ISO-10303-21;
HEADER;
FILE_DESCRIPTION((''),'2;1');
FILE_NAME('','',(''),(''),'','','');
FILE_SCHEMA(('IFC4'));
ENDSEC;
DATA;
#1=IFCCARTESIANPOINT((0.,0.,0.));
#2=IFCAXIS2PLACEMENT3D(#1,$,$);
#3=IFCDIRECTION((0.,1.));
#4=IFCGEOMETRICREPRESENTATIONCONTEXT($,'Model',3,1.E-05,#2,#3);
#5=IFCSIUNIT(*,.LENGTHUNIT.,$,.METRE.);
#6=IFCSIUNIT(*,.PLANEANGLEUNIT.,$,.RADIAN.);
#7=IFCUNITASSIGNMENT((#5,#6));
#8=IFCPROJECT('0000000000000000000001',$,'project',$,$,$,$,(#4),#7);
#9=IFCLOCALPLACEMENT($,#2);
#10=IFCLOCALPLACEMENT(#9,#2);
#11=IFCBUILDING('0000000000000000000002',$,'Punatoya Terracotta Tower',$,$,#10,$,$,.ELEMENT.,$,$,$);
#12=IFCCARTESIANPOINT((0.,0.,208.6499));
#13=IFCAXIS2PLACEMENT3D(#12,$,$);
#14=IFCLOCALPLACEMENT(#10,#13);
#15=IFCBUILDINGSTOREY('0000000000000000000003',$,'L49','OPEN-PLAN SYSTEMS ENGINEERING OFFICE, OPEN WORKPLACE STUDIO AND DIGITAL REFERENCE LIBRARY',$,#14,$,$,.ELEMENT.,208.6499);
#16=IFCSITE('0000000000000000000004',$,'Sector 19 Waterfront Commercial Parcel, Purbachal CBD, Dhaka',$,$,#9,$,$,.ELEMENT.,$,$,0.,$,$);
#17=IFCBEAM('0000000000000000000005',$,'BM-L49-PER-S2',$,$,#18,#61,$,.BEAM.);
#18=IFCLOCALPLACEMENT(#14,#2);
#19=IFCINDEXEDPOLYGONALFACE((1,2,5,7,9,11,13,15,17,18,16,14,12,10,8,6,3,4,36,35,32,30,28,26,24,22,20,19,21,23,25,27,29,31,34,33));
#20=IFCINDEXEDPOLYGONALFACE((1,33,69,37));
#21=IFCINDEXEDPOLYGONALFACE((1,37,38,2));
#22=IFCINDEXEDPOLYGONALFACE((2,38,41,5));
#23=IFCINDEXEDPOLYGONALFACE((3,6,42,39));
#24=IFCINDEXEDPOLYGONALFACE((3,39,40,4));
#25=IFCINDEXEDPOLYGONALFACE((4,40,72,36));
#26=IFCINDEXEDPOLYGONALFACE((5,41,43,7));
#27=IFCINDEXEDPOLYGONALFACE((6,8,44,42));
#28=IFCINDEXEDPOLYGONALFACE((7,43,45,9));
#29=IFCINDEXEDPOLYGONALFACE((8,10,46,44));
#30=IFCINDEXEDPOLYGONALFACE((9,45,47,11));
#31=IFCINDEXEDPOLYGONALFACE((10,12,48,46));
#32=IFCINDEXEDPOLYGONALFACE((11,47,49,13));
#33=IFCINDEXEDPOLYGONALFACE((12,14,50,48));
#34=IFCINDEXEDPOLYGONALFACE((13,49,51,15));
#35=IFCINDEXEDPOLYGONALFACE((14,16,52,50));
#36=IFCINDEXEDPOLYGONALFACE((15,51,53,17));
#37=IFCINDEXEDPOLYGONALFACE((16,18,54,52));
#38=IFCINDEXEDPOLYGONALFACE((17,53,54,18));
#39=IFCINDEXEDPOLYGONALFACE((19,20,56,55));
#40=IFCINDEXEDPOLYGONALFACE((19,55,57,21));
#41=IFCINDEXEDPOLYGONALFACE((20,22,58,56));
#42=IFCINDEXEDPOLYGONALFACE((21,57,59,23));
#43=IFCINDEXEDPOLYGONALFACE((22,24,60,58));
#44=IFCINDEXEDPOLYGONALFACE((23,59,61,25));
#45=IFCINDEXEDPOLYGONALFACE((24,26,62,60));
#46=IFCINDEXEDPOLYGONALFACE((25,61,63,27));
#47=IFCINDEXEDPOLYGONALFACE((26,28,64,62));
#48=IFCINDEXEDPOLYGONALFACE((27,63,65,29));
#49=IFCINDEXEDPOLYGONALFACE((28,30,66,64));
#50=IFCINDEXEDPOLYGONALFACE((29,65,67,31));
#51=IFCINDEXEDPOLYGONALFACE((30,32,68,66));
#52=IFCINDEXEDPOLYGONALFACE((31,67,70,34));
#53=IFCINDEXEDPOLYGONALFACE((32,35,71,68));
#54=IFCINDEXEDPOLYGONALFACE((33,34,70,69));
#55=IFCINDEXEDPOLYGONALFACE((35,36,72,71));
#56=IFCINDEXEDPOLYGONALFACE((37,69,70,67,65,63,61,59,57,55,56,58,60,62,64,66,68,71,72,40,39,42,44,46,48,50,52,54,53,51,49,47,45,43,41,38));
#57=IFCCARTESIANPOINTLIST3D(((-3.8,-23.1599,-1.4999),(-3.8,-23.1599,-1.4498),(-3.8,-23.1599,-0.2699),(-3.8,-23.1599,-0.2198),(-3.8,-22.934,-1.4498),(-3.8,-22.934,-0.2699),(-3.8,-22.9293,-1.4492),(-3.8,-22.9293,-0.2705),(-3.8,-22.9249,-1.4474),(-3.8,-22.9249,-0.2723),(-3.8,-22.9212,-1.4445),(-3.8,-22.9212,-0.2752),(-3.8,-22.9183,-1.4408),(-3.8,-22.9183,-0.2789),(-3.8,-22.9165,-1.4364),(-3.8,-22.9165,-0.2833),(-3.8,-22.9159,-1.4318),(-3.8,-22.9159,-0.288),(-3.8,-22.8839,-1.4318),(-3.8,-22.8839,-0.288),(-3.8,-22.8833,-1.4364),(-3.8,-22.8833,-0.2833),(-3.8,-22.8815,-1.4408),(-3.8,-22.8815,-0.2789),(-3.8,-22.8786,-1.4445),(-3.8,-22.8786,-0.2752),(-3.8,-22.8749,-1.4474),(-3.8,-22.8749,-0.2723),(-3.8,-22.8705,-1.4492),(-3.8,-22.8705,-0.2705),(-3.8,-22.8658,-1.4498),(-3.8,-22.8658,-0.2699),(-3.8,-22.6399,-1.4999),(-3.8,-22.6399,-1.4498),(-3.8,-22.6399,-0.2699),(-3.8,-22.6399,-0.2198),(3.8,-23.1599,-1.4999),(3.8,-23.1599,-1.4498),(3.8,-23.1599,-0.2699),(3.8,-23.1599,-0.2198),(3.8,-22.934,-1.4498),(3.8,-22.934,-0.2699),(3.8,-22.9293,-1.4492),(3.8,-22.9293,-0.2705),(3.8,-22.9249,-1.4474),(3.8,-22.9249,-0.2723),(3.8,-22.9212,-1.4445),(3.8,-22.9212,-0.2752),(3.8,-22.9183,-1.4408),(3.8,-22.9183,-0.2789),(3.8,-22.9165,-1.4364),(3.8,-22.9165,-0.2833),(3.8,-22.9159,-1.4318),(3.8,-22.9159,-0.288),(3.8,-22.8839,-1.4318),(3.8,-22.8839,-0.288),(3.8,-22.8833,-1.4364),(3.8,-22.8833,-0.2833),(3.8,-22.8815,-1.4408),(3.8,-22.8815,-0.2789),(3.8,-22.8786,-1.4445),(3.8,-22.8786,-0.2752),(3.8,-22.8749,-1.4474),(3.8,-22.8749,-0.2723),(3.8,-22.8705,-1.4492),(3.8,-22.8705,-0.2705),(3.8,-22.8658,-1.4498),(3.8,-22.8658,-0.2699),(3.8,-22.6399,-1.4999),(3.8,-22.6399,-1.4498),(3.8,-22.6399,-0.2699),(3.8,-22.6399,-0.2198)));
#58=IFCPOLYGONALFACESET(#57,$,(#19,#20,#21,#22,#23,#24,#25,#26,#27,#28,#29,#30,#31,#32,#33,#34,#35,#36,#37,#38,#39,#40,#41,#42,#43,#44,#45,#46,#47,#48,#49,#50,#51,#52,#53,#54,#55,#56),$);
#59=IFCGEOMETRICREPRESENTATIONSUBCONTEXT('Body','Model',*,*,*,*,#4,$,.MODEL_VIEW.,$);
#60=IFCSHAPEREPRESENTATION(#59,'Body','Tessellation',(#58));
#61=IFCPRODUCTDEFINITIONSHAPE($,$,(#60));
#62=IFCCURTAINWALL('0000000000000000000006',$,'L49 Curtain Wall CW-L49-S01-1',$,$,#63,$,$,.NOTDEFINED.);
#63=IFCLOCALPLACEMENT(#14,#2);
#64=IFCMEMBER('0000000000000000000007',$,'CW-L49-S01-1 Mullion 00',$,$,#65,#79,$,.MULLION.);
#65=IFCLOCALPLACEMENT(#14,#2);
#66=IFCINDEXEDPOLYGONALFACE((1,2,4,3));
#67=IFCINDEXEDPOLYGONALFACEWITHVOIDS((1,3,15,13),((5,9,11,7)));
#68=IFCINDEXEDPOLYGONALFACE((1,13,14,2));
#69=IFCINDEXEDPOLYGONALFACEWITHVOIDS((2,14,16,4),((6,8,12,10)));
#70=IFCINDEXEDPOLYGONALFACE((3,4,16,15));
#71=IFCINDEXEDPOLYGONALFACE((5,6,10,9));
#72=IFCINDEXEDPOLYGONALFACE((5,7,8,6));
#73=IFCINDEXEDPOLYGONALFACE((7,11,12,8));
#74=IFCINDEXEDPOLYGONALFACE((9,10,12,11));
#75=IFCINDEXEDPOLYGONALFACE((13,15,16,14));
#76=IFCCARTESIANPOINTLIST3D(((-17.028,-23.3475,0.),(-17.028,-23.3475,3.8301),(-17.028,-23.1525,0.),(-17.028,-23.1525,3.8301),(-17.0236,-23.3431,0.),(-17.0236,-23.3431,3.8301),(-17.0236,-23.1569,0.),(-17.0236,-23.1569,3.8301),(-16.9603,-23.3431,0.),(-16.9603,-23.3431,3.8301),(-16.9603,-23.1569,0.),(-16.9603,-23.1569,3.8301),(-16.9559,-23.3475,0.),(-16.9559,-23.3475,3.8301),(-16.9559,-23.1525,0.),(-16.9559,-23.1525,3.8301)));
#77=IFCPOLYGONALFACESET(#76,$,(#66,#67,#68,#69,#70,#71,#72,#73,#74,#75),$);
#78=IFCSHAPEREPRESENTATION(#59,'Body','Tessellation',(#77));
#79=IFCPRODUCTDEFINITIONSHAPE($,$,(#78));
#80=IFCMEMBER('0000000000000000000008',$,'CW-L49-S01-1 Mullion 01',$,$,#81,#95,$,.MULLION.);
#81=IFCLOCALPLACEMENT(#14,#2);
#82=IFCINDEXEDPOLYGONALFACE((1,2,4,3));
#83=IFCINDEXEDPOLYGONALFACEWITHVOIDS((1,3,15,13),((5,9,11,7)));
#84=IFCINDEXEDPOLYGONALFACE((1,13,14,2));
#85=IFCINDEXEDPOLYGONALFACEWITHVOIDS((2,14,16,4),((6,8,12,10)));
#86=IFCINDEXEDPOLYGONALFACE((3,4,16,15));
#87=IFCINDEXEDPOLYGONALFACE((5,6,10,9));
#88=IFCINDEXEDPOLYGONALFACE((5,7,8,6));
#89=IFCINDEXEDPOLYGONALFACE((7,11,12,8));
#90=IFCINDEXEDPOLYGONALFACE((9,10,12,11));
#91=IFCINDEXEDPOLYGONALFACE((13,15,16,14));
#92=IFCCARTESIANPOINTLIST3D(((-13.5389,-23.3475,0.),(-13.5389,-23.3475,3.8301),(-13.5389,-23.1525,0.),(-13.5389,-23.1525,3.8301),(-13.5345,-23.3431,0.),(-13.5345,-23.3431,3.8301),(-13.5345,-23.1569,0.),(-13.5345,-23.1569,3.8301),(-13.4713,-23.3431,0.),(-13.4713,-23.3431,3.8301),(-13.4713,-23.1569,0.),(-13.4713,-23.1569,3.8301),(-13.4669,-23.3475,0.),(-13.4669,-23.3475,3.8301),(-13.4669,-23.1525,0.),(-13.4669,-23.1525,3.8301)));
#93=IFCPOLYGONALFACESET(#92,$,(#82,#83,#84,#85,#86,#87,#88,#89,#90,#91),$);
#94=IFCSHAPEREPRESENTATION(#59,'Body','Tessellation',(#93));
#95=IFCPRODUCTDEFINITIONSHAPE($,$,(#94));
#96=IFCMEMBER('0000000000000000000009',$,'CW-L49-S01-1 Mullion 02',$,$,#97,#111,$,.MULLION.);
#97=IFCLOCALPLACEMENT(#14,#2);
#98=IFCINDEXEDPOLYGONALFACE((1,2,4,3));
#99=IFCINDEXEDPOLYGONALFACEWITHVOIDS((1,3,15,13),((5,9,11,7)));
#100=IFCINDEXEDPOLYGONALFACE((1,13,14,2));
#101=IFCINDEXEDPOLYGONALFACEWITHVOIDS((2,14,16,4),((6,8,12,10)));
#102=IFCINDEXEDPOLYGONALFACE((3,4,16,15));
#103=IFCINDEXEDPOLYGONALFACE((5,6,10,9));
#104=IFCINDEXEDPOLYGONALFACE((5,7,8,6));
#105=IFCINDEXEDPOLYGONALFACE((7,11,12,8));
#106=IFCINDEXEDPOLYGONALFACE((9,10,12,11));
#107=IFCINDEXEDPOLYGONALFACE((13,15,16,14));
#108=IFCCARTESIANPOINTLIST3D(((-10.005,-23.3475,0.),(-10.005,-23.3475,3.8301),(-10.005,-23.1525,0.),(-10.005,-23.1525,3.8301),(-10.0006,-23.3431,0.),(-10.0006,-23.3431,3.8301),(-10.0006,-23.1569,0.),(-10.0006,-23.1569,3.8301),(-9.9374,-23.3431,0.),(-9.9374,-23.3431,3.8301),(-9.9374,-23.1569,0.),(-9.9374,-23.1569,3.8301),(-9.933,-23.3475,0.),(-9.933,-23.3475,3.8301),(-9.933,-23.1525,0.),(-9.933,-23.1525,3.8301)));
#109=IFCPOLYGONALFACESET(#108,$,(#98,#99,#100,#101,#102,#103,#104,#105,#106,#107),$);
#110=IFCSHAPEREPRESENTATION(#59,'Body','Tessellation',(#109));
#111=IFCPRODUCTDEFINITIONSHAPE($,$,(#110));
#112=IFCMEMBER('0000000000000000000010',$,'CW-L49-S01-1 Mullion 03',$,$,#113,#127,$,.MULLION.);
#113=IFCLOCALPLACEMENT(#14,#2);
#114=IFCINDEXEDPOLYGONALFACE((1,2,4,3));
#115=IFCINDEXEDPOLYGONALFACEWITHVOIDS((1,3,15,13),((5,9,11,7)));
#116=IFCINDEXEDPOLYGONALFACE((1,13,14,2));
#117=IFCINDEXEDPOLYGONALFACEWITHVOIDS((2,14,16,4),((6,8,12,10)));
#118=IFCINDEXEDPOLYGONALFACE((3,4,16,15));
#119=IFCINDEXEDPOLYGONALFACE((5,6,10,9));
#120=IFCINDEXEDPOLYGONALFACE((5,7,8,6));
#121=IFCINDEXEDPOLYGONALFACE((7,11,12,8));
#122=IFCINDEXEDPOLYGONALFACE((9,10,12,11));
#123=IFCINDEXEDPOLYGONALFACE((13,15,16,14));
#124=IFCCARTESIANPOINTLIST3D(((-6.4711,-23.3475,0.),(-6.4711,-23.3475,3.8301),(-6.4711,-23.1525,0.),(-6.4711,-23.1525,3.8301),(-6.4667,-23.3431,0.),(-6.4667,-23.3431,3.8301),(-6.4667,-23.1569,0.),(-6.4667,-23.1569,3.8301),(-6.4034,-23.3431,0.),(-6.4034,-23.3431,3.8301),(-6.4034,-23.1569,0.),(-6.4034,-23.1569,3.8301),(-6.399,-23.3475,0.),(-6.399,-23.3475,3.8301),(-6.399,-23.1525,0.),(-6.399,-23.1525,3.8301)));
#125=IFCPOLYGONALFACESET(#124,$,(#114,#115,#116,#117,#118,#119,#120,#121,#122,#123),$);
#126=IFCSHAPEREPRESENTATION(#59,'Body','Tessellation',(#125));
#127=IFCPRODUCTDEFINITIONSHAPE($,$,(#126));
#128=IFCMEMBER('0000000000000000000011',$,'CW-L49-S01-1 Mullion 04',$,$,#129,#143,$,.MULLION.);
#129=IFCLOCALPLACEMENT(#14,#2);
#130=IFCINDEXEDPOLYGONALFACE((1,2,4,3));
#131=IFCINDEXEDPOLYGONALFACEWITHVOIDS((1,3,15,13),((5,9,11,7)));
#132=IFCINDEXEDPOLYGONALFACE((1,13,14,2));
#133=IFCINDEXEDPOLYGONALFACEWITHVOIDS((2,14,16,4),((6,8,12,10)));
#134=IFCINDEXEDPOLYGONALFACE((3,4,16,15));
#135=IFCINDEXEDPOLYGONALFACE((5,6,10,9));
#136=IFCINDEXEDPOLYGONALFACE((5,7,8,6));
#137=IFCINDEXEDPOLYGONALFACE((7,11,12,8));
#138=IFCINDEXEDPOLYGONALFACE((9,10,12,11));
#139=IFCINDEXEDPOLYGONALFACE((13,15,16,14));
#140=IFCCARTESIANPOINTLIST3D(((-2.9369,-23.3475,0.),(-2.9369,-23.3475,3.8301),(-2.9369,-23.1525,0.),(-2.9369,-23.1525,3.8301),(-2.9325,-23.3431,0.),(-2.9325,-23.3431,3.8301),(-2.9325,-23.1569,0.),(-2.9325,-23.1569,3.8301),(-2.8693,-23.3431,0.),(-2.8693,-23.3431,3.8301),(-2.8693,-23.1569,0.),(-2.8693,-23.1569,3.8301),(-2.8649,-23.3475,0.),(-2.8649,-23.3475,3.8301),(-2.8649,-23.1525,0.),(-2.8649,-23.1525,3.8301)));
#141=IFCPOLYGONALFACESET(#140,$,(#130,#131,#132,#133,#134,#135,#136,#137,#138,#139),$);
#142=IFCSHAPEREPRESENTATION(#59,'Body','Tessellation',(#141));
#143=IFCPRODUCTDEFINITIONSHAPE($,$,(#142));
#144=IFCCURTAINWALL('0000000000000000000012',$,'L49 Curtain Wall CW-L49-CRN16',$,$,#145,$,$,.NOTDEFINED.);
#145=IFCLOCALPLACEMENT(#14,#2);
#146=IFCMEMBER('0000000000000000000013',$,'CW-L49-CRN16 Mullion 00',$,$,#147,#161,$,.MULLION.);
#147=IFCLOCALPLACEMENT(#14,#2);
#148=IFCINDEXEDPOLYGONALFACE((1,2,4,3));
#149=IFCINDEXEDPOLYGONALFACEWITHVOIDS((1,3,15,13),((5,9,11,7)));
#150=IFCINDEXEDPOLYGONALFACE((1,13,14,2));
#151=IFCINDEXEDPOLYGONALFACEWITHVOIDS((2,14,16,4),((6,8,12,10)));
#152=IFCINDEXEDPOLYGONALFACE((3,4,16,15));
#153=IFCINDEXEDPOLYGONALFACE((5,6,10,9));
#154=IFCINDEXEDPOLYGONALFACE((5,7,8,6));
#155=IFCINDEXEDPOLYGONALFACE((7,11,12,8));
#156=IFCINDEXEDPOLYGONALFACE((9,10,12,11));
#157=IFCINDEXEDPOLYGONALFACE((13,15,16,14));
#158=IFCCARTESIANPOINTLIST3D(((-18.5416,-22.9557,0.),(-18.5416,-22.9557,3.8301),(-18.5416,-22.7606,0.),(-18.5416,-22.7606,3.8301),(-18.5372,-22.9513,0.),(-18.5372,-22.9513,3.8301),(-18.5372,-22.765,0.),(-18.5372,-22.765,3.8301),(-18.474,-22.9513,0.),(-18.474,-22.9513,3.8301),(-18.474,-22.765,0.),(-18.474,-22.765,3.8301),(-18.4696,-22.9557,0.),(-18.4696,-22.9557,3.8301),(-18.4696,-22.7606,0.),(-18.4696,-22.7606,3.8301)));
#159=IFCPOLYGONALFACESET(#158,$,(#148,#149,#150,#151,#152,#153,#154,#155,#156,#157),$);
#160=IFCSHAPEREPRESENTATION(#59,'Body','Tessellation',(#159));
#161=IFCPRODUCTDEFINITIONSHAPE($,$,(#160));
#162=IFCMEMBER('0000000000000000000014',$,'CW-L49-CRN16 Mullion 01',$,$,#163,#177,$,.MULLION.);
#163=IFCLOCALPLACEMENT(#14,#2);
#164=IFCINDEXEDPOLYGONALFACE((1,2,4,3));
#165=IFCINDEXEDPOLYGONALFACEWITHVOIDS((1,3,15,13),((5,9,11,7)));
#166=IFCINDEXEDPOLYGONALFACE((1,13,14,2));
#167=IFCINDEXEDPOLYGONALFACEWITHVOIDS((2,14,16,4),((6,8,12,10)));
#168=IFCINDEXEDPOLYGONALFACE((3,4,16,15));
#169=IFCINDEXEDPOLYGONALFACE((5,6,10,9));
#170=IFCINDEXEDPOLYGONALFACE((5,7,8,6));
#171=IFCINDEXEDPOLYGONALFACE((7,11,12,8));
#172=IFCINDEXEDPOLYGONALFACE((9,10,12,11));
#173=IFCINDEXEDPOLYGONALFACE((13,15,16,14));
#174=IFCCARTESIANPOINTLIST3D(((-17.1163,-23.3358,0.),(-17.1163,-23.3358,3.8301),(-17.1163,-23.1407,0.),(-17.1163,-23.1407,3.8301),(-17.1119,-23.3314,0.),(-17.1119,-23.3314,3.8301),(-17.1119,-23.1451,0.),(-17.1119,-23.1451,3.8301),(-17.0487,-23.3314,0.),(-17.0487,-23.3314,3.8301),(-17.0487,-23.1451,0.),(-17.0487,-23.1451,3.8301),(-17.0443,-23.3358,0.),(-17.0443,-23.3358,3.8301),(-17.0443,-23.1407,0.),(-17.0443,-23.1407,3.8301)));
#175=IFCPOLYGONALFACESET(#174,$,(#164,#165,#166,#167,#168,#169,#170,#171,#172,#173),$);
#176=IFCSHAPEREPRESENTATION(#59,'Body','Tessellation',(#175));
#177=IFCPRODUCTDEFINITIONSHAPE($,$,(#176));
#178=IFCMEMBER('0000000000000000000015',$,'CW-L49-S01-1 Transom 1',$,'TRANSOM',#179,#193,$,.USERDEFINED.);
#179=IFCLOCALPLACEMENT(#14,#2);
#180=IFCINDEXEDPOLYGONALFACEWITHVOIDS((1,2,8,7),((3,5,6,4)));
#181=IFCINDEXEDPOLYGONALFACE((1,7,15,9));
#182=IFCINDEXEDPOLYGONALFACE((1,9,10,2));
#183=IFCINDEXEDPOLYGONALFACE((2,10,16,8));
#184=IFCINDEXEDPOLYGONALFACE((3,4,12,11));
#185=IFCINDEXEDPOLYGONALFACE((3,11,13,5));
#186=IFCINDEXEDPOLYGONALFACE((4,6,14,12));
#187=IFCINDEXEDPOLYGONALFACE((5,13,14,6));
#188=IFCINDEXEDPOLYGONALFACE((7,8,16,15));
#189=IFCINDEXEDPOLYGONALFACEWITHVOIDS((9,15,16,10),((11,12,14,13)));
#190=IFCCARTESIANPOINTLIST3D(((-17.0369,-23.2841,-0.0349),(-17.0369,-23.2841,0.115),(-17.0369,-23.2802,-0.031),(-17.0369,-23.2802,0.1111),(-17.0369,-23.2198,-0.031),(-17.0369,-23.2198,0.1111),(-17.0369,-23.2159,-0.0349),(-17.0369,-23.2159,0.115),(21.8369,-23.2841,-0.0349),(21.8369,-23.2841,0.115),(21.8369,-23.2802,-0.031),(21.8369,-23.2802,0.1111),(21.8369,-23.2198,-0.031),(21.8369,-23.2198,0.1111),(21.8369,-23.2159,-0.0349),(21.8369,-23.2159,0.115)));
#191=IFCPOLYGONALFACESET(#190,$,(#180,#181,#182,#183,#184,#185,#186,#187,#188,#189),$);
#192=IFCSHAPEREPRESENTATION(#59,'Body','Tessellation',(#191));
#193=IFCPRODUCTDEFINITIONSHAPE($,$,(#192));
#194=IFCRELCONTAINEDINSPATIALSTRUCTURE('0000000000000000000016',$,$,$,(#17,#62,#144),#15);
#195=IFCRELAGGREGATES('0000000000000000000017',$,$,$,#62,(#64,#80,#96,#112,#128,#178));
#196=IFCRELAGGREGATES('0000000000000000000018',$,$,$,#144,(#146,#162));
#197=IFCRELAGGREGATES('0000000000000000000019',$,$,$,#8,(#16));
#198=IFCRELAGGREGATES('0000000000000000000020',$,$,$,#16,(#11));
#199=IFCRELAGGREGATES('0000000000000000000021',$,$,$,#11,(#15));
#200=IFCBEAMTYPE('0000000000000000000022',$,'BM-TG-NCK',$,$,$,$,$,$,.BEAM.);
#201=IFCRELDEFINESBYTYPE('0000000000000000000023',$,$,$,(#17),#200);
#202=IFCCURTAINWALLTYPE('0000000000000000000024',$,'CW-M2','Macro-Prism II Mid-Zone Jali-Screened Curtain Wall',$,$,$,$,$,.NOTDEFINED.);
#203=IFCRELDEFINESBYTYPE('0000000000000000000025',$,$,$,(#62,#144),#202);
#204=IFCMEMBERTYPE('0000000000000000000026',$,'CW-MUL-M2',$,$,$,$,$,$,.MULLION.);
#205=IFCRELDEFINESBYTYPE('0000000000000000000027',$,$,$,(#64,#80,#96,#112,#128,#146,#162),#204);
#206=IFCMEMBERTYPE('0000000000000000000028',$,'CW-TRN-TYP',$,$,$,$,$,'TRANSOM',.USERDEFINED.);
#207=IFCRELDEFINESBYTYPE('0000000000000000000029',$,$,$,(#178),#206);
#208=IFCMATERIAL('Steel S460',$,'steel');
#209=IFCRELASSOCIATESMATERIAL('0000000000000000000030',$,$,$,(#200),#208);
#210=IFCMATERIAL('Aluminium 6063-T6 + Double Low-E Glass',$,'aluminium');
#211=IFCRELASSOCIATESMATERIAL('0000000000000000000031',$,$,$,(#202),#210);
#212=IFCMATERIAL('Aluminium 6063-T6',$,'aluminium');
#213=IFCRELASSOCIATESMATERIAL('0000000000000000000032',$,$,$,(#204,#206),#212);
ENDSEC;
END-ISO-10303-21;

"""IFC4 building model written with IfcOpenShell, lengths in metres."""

from ifc_helpers import new_model, si_unit, direction, frame, origin, origin_2d, place, context, subcontext, project, spatial, hollow_rectangle, i_section, extrude, material, material_profile, profile_set, type_object, element, aggregate, save


model = new_model("IFC4")

# Units and contexts
model_context = context("Model", 3, precision=1e-05, world=origin(), true_north=direction((0.0, 1.0)))
body_context = subcontext(model_context, "Body", "Model", "MODEL_VIEW")
ifc_project = project(units=[si_unit("LENGTHUNIT", "METRE"), si_unit("PLANEANGLEUNIT", "RADIAN")], contexts=[model_context])

# Site, building, storey
site_placement = place(None, origin())
site = spatial("IfcSite", under=ifc_project, at=site_placement, Name="Sector 19 Waterfront Commercial Parcel, Purbachal CBD, Dhaka", CompositionType="ELEMENT", RefElevation=0.0)
building_placement = place(site_placement, origin())
building = spatial("IfcBuilding", under=site, at=building_placement, Name="Punatoya Terracotta Tower", CompositionType="ELEMENT")
storey_placement = place(building_placement, frame((0.0, 0.0, 208.6499)))
storey = spatial("IfcBuildingStorey", under=building, at=storey_placement, Name="L49", Description="OPEN-PLAN SYSTEMS ENGINEERING OFFICE, OPEN WORKPLACE STUDIO AND DIGITAL REFERENCE LIBRARY", CompositionType="ELEMENT", Elevation=208.6499)

# Shared definitions
ifc_material_1 = material(Name="Steel S460", Category="steel")

# Beam
ifc_material_profile_1 = material_profile(ifc_material_1, i_section(OverallWidth=0.52, OverallDepth=1.28, WebThickness=0.032, FlangeThickness=0.05, FilletRadius=0.0181, at=origin_2d()))
ifc_profile_set_1 = profile_set([ifc_material_profile_1], Name="Steel S460")
beam_type_1 = type_object("IfcBeamType", Name="BM-TG-NCK", PredefinedType="BEAM", material=ifc_profile_set_1)
beam_1_placement = place(storey_placement, frame((-3.8, -22.8999, -0.8599), z_axis=(1.0, 0.0, 0.0), x_axis=(0.0, 1.0, 0.0)))
element("IfcBeam", 1, at=beam_1_placement, inside=storey, type_object=beam_type_1, Name="BM-L49-PER-S2", PredefinedType="BEAM", context=body_context, shape_type="SweptSolid", body=[
    extrude(i_section(OverallWidth=0.52, OverallDepth=1.28, WebThickness=0.032, FlangeThickness=0.05, FilletRadius=0.0181, at=origin_2d()), origin(), (0.0, 0.0, 1.0), 7.6001),
])

# Curtain walls, members
ifc_material_2 = material(Name="Aluminium 6063-T6 + Double Low-E Glass", Category="aluminium")
curtain_wall_type = type_object("IfcCurtainWallType", Name="CW-M2", Description="Macro-Prism II Mid-Zone Jali-Screened Curtain Wall", PredefinedType="NOTDEFINED", material=ifc_material_2)
curtain_wall_1_placement = place(storey_placement, origin())
curtain_wall_1 = element("IfcCurtainWall", 2, at=curtain_wall_1_placement, inside=storey, type_object=curtain_wall_type, Name="L49 Curtain Wall CW-L49-S01-1", PredefinedType="NOTDEFINED")
ifc_material_3 = material(Name="Aluminium 6063-T6", Category="aluminium")
ifc_material_profile_2 = material_profile(ifc_material_3, hollow_rectangle(XDim=0.072, YDim=0.1951, WallThickness=0.0044, at=origin_2d()))
ifc_profile_set_2 = profile_set([ifc_material_profile_2], Name="Aluminium 6063-T6")
member_type_1 = type_object("IfcMemberType", Name="CW-MUL-M2", PredefinedType="MULLION", material=ifc_profile_set_2)
member_1_placement = place(storey_placement, frame((-16.9919, -23.25, 0.0), z_axis=(0.0, 0.0, 1.0), x_axis=(1.0, 0.0, 0.0)))
member_1 = element("IfcMember", 3, at=member_1_placement, type_object=member_type_1, Name="CW-L49-S01-1 Mullion 00", PredefinedType="MULLION", context=body_context, shape_type="SweptSolid", body=[
    extrude(hollow_rectangle(XDim=0.072, YDim=0.1951, WallThickness=0.0044, at=origin_2d()), origin(), (0.0, 0.0, 1.0), 3.8301),
])
member_2_placement = place(storey_placement, frame((-13.5029, -23.25, 0.0), z_axis=(0.0, 0.0, 1.0), x_axis=(1.0, 0.0, 0.0)))
member_2 = element("IfcMember", 4, at=member_2_placement, type_object=member_type_1, Name="CW-L49-S01-1 Mullion 01", PredefinedType="MULLION", context=body_context, shape_type="SweptSolid", body=[
    extrude(hollow_rectangle(XDim=0.072, YDim=0.1951, WallThickness=0.0044, at=origin_2d()), origin(), (0.0, 0.0, 1.0), 3.8301),
])
member_3_placement = place(storey_placement, frame((-9.969, -23.25, 0.0), z_axis=(0.0, 0.0, 1.0), x_axis=(1.0, 0.0, 0.0)))
member_3 = element("IfcMember", 5, at=member_3_placement, type_object=member_type_1, Name="CW-L49-S01-1 Mullion 02", PredefinedType="MULLION", context=body_context, shape_type="SweptSolid", body=[
    extrude(hollow_rectangle(XDim=0.072, YDim=0.1951, WallThickness=0.0044, at=origin_2d()), origin(), (0.0, 0.0, 1.0), 3.8301),
])
member_4_placement = place(storey_placement, frame((-6.4351, -23.25, 0.0), z_axis=(0.0, 0.0, 1.0), x_axis=(1.0, 0.0, 0.0)))
member_4 = element("IfcMember", 6, at=member_4_placement, type_object=member_type_1, Name="CW-L49-S01-1 Mullion 03", PredefinedType="MULLION", context=body_context, shape_type="SweptSolid", body=[
    extrude(hollow_rectangle(XDim=0.072, YDim=0.1951, WallThickness=0.0044, at=origin_2d()), origin(), (0.0, 0.0, 1.0), 3.8301),
])
member_5_placement = place(storey_placement, frame((-2.9009, -23.25, 0.0), z_axis=(0.0, 0.0, 1.0), x_axis=(1.0, 0.0, 0.0)))
member_5 = element("IfcMember", 7, at=member_5_placement, type_object=member_type_1, Name="CW-L49-S01-1 Mullion 04", PredefinedType="MULLION", context=body_context, shape_type="SweptSolid", body=[
    extrude(hollow_rectangle(XDim=0.072, YDim=0.1951, WallThickness=0.0044, at=origin_2d()), origin(), (0.0, 0.0, 1.0), 3.8301),
])
curtain_wall_2_placement = place(storey_placement, origin())
curtain_wall_2 = element("IfcCurtainWall", 8, at=curtain_wall_2_placement, inside=storey, type_object=curtain_wall_type, Name="L49 Curtain Wall CW-L49-CRN16", PredefinedType="NOTDEFINED")
member_6_placement = place(storey_placement, frame((-18.5056, -22.8582, 0.0), z_axis=(0.0, 0.0, 1.0), x_axis=(1.0, 0.0, 0.0)))
member_6 = element("IfcMember", 9, at=member_6_placement, type_object=member_type_1, Name="CW-L49-CRN16 Mullion 00", PredefinedType="MULLION", context=body_context, shape_type="SweptSolid", body=[
    extrude(hollow_rectangle(XDim=0.072, YDim=0.1951, WallThickness=0.0044, at=origin_2d()), origin(), (0.0, 0.0, 1.0), 3.8301),
])
member_7_placement = place(storey_placement, frame((-17.0803, -23.2383, 0.0), z_axis=(0.0, 0.0, 1.0), x_axis=(1.0, 0.0, 0.0)))
member_7 = element("IfcMember", 10, at=member_7_placement, type_object=member_type_1, Name="CW-L49-CRN16 Mullion 01", PredefinedType="MULLION", context=body_context, shape_type="SweptSolid", body=[
    extrude(hollow_rectangle(XDim=0.072, YDim=0.1951, WallThickness=0.0044, at=origin_2d()), origin(), (0.0, 0.0, 1.0), 3.8301),
])

# Member
ifc_material_profile_3 = material_profile(ifc_material_3, hollow_rectangle(XDim=0.0681, YDim=0.1499, WallThickness=0.0039, at=origin_2d()))
ifc_profile_set_3 = profile_set([ifc_material_profile_3], Name="Aluminium 6063-T6")
member_type_2 = type_object("IfcMemberType", Name="CW-TRN-TYP", ElementType="TRANSOM", PredefinedType="USERDEFINED", material=ifc_profile_set_3)
member_8_placement = place(storey_placement, frame((-17.0369, -23.25, 0.04), z_axis=(1.0, 0.0, 0.0), x_axis=(0.0, 1.0, 0.0)))
member_8 = element("IfcMember", 11, at=member_8_placement, type_object=member_type_2, Name="CW-L49-S01-1 Transom 1", ObjectType="TRANSOM", PredefinedType="USERDEFINED", context=body_context, shape_type="SweptSolid", body=[
    extrude(hollow_rectangle(XDim=0.0681, YDim=0.1499, WallThickness=0.0039, at=origin_2d()), origin(), (0.0, 0.0, 1.0), 38.8738),
])

aggregate(curtain_wall_1, [member_1, member_2, member_3, member_4, member_5, member_8])
aggregate(curtain_wall_2, [member_6, member_7])

save(model, "model.ifc")
